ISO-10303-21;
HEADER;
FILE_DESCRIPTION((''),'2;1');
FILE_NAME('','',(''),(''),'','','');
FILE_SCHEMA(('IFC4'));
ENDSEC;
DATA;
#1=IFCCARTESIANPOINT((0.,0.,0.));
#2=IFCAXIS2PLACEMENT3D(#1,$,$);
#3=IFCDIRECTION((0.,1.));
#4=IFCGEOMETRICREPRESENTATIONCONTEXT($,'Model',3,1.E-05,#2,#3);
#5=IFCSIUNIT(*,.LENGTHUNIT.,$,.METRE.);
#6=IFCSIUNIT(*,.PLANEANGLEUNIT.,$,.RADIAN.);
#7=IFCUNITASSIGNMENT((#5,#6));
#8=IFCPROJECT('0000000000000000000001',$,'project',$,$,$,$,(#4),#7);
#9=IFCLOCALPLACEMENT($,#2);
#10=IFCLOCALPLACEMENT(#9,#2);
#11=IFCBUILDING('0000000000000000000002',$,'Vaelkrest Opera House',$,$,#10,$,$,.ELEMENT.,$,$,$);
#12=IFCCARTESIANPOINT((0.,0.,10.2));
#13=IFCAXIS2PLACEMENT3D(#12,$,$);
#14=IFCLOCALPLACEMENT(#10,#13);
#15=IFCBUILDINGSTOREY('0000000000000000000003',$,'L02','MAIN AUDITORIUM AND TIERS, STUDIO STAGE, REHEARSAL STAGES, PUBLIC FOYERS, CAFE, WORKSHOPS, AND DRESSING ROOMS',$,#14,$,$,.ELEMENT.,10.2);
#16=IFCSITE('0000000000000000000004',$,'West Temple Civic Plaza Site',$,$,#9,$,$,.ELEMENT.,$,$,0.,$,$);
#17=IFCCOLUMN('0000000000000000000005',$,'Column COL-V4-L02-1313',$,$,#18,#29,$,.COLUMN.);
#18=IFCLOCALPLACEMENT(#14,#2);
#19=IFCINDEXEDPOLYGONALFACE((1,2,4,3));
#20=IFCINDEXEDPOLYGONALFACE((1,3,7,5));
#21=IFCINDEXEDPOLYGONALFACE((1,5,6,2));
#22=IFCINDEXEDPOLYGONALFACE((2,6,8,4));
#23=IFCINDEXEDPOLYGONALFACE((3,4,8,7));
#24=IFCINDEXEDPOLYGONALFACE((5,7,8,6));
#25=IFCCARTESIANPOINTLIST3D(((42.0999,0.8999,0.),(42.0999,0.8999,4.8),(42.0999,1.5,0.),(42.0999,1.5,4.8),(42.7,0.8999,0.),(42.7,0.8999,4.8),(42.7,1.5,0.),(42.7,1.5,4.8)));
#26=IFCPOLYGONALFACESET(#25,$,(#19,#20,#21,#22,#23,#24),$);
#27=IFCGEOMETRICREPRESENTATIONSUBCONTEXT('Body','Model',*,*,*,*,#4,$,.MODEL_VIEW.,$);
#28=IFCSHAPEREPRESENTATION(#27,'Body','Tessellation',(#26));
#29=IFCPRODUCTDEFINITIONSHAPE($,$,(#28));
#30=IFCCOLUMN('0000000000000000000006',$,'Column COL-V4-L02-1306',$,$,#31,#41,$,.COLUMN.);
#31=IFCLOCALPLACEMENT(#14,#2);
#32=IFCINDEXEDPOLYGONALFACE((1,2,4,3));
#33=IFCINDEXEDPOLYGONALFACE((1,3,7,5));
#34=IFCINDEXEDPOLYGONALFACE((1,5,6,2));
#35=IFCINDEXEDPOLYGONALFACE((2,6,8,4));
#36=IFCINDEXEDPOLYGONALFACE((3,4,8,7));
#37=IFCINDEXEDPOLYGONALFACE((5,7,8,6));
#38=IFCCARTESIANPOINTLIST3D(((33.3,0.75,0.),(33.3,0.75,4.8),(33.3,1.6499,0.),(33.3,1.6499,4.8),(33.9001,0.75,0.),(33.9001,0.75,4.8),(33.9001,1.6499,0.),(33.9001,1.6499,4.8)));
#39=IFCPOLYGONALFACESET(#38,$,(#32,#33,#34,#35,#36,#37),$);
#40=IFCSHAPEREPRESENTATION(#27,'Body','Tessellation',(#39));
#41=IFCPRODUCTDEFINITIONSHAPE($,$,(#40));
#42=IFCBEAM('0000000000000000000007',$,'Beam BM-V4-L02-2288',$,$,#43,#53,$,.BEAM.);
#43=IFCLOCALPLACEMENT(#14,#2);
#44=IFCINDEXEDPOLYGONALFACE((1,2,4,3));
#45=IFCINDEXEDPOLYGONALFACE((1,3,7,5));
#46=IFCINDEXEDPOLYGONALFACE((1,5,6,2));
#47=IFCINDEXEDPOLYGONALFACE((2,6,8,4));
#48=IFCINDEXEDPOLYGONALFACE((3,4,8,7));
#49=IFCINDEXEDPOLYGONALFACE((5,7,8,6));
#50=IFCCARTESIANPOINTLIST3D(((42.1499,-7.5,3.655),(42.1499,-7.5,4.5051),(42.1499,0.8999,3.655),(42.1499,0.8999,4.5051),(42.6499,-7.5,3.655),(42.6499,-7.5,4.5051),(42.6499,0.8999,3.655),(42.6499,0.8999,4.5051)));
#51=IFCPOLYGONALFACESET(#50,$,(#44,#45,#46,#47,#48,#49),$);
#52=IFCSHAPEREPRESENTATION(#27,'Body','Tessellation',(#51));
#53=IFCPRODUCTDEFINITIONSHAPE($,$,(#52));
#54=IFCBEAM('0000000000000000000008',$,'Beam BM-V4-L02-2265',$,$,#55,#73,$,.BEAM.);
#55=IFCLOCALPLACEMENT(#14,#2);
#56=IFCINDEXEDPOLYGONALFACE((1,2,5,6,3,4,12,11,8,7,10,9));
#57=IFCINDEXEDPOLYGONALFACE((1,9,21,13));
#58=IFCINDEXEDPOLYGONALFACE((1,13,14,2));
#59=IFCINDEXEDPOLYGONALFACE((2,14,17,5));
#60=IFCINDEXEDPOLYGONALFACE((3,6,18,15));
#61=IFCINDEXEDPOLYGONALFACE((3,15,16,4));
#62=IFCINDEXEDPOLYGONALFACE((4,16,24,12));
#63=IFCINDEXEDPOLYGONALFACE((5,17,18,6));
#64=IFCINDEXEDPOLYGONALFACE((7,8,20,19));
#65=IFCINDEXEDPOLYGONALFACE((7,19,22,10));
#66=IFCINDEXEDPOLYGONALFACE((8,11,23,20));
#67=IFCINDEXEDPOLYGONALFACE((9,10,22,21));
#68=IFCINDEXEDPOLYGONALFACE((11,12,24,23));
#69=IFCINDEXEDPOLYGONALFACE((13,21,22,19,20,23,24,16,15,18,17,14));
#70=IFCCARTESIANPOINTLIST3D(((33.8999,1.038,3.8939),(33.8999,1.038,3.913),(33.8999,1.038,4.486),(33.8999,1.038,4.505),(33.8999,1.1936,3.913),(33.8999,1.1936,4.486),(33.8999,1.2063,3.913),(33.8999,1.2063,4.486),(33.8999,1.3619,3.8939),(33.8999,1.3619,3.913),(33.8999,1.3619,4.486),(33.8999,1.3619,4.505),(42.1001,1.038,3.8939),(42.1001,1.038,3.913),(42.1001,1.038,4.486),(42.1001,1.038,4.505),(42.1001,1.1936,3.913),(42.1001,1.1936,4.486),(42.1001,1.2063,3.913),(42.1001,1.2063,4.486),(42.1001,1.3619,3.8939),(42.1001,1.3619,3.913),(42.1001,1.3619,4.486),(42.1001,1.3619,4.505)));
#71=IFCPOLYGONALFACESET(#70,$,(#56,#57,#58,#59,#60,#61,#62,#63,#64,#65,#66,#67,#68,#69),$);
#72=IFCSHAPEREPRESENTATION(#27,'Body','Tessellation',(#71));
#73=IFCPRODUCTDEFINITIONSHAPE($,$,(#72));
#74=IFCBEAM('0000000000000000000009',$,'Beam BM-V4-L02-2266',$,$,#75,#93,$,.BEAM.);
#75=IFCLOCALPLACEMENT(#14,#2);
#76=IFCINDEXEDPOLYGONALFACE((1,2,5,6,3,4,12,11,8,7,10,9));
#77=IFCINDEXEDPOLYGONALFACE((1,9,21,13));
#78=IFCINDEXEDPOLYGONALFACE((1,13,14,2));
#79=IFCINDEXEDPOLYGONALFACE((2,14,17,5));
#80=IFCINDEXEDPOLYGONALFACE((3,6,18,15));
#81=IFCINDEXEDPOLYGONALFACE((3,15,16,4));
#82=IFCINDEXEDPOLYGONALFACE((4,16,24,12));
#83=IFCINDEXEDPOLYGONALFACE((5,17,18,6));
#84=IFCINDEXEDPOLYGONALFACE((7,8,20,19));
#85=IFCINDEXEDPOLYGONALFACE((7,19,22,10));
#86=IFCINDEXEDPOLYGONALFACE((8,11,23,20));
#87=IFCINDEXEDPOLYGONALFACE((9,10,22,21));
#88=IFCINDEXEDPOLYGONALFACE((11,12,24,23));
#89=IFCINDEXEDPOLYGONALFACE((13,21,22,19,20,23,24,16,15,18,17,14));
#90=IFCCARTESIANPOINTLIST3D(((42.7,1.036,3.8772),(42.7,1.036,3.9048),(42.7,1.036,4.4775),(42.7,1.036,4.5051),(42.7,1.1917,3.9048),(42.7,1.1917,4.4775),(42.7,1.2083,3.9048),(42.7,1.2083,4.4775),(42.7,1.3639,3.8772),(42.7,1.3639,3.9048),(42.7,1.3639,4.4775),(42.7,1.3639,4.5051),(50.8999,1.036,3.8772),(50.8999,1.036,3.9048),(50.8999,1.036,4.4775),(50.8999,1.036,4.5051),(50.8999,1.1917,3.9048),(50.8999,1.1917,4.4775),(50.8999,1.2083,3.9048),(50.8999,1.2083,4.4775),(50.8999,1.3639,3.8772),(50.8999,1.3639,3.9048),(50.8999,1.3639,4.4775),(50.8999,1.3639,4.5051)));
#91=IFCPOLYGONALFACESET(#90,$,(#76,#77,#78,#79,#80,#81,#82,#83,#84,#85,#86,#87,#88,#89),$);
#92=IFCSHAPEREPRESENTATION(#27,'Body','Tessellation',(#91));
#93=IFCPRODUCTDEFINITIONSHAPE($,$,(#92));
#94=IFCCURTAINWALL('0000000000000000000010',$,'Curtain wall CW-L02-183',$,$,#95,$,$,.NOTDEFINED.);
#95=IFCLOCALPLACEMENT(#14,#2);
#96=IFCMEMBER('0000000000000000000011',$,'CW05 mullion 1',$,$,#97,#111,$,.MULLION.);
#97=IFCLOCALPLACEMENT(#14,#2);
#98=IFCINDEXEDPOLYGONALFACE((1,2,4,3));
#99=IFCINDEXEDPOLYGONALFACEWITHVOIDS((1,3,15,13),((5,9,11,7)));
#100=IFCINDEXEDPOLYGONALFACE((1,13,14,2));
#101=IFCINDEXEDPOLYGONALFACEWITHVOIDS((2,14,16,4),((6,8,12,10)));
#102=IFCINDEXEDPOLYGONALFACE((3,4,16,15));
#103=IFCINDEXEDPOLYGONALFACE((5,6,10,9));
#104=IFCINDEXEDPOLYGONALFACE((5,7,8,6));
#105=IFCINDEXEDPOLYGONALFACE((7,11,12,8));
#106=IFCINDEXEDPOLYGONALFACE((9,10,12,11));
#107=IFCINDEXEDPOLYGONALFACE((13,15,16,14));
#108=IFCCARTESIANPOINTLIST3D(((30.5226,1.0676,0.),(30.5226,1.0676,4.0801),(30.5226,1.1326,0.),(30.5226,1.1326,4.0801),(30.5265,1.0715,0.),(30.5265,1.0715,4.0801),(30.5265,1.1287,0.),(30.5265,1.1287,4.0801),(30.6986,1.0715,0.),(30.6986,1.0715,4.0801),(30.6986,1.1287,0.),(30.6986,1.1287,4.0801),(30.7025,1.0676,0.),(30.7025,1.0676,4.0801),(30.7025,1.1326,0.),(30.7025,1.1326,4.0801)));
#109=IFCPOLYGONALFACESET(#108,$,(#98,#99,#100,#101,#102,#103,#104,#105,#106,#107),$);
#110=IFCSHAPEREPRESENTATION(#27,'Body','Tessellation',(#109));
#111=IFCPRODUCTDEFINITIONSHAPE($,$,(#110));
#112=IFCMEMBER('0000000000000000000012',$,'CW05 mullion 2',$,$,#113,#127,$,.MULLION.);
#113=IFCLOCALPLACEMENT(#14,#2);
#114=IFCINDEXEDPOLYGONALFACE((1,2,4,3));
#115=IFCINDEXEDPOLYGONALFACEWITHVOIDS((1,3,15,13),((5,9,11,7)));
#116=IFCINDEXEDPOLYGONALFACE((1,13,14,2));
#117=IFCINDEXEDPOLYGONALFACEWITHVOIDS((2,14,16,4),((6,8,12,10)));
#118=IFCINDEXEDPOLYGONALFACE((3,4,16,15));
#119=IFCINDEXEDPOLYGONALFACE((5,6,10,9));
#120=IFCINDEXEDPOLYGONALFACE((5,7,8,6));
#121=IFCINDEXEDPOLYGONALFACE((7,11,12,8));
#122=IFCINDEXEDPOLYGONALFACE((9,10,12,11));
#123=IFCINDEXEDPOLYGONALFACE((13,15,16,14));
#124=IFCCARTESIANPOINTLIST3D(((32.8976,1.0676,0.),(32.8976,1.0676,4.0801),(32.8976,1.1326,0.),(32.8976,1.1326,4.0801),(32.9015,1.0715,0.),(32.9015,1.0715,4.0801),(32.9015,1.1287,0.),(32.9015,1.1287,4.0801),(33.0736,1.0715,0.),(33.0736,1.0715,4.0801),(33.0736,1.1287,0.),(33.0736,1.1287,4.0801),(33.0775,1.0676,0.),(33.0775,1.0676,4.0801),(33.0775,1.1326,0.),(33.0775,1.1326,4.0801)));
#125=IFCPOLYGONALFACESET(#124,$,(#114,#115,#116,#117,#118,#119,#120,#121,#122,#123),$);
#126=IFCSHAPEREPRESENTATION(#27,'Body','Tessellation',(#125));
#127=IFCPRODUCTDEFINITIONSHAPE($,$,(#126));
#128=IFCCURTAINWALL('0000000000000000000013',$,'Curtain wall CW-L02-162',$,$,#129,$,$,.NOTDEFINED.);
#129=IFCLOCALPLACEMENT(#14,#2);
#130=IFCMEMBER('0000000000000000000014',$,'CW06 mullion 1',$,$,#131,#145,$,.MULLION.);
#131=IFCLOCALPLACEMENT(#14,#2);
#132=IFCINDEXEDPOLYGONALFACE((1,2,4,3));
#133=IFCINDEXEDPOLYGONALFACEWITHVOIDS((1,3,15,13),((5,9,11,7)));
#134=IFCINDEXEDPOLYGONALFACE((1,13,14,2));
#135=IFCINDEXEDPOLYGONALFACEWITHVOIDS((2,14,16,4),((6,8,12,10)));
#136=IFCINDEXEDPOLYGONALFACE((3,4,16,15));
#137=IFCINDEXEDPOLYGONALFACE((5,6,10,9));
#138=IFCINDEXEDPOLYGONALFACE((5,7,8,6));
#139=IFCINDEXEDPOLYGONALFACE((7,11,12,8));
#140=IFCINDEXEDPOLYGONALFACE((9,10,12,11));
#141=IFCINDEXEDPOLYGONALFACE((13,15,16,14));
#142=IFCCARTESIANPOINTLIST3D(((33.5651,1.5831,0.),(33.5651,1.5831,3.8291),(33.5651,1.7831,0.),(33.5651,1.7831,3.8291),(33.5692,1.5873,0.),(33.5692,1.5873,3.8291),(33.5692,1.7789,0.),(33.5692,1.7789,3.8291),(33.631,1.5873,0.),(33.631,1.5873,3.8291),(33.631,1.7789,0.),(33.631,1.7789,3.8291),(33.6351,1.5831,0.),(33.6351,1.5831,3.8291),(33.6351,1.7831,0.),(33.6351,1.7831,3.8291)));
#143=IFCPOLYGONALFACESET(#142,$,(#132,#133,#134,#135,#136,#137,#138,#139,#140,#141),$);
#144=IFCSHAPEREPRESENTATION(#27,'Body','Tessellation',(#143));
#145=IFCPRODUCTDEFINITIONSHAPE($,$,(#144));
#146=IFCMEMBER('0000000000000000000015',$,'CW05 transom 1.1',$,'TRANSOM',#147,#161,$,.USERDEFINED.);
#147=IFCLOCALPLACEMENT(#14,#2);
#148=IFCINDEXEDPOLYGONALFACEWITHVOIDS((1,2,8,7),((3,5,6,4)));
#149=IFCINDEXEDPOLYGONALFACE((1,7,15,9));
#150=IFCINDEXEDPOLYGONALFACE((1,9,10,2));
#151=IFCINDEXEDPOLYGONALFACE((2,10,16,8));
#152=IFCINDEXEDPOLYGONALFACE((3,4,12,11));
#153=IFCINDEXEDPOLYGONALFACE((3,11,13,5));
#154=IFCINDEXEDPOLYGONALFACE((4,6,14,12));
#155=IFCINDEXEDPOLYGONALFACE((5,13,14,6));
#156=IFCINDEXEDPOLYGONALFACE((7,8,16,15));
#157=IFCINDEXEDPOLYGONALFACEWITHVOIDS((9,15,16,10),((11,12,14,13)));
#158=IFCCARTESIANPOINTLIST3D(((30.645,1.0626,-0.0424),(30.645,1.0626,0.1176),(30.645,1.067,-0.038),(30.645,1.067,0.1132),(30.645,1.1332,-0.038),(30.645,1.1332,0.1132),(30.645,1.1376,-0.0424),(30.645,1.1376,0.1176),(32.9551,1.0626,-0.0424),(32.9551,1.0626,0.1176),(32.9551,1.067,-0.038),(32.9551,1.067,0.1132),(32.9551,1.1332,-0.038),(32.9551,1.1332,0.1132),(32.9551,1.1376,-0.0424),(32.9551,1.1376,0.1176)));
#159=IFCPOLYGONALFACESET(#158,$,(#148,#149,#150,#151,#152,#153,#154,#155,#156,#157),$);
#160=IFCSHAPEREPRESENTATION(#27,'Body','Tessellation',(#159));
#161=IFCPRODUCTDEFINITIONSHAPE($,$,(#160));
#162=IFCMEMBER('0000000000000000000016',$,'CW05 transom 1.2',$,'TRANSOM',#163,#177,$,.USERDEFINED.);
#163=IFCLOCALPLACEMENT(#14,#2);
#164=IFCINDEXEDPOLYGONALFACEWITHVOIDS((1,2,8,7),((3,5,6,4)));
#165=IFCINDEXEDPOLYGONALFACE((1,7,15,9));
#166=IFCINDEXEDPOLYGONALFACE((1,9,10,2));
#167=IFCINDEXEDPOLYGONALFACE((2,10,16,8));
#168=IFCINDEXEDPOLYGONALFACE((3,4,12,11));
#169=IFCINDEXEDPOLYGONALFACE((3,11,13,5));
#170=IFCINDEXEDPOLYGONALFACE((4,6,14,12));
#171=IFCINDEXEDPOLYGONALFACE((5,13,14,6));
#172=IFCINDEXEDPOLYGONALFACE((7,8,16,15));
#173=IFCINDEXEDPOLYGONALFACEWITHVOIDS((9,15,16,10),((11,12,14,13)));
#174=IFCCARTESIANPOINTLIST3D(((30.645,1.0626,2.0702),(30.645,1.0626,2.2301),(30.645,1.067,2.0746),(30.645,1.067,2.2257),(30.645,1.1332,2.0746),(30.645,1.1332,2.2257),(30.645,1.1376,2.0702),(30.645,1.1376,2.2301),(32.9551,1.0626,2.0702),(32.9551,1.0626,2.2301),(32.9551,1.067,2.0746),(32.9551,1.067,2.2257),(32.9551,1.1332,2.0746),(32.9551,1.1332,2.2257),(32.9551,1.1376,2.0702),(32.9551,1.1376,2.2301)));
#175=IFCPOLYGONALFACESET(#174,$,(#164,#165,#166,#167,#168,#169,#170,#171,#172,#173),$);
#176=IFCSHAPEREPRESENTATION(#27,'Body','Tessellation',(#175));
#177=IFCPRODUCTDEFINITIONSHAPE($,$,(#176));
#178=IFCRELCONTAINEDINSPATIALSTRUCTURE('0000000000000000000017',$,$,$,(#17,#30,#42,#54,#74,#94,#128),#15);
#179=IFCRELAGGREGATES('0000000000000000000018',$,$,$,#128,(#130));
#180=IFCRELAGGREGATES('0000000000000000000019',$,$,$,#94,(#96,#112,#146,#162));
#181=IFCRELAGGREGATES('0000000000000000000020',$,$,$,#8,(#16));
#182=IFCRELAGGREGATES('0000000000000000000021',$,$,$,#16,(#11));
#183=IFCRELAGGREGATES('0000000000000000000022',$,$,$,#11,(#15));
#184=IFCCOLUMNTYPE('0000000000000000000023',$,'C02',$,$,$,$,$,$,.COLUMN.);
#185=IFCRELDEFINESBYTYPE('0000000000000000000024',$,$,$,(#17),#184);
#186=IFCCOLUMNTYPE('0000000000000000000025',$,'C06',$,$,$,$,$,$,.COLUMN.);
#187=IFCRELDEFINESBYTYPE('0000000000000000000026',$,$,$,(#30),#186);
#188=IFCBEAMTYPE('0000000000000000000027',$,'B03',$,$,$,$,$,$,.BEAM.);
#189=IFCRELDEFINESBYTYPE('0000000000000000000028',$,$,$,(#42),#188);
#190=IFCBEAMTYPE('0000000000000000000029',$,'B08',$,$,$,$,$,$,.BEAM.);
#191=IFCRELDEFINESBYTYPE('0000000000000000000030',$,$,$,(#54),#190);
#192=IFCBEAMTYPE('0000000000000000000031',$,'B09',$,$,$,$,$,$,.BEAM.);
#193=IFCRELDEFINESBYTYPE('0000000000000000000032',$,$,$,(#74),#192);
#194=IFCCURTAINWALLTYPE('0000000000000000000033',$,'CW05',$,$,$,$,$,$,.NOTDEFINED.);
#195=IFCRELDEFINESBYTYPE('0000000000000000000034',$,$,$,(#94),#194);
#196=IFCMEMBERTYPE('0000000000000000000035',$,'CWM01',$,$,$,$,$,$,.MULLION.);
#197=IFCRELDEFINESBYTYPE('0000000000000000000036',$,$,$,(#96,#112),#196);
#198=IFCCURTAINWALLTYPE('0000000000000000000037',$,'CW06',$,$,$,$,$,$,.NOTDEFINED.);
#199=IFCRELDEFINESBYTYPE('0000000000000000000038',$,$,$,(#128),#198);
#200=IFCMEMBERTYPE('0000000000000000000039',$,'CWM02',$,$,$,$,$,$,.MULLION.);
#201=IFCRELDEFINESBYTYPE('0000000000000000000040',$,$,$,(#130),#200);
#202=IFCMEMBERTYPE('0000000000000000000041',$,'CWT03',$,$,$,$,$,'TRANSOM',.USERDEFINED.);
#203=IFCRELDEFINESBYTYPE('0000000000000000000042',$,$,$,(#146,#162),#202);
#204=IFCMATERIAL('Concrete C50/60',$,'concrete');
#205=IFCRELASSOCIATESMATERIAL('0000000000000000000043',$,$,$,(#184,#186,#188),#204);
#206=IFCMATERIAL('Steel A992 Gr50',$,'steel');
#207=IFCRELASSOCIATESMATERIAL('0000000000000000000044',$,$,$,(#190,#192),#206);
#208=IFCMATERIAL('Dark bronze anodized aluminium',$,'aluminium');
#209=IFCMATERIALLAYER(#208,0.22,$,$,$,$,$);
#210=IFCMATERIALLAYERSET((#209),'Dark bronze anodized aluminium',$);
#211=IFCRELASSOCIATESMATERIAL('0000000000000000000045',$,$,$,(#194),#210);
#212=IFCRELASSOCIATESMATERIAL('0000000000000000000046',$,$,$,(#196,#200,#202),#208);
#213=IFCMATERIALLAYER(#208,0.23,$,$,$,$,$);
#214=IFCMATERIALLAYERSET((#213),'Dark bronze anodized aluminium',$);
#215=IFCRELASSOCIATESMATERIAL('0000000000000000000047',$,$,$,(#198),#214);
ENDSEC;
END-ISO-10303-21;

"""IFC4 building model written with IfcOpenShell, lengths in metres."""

from ifc_helpers import new_model, si_unit, direction, frame, origin, origin_2d, place, context, subcontext, project, spatial, rectangle, hollow_rectangle, i_section, extrude, material, layer, layer_set, material_profile, profile_set, type_object, element, aggregate, save


model = new_model("IFC4")

# Units and contexts
model_context = context("Model", 3, precision=1e-05, world=origin(), true_north=direction((0.0, 1.0)))
body_context = subcontext(model_context, "Body", "Model", "MODEL_VIEW")
ifc_project = project(units=[si_unit("LENGTHUNIT", "METRE"), si_unit("PLANEANGLEUNIT", "RADIAN")], contexts=[model_context])

# Site, building, storey
site_placement = place(None, origin())
site = spatial("IfcSite", under=ifc_project, at=site_placement, Name="West Temple Civic Plaza Site", CompositionType="ELEMENT", RefElevation=0.0)
building_placement = place(site_placement, origin())
building = spatial("IfcBuilding", under=site, at=building_placement, Name="Vaelkrest Opera House", CompositionType="ELEMENT")
storey_placement = place(building_placement, frame((0.0, 0.0, 10.2)))
storey = spatial("IfcBuildingStorey", under=building, at=storey_placement, Name="L02", Description="MAIN AUDITORIUM AND TIERS, STUDIO STAGE, REHEARSAL STAGES, PUBLIC FOYERS, CAFE, WORKSHOPS, AND DRESSING ROOMS", CompositionType="ELEMENT", Elevation=10.2)

# Columns
ifc_material_1 = material(Name="Concrete C50/60", Category="concrete")
ifc_material_profile_1 = material_profile(ifc_material_1, rectangle(XDim=0.6001, YDim=0.6001, at=origin_2d()), Name="RC600X600")
ifc_profile_set_1 = profile_set([ifc_material_profile_1], Name="Concrete C50/60")
column_type_1 = type_object("IfcColumnType", Name="C02", PredefinedType="COLUMN", material=ifc_profile_set_1)
column_1_placement = place(storey_placement, frame((42.3999, 1.2, 0.0), z_axis=(0.0, 0.0, 1.0), x_axis=(1.0, 0.0, 0.0)))
element("IfcColumn", 1, at=column_1_placement, inside=storey, type_object=column_type_1, Name="Column COL-V4-L02-1313", PredefinedType="COLUMN", context=body_context, shape_type="SweptSolid", body=[
    extrude(rectangle(XDim=0.6001, YDim=0.6001, at=origin_2d()), origin(), (0.0, 0.0, 1.0), 4.8),
])
ifc_material_profile_2 = material_profile(ifc_material_1, rectangle(XDim=0.6001, YDim=0.8999, at=origin_2d()), Name="RC600X900")
ifc_profile_set_2 = profile_set([ifc_material_profile_2], Name="Concrete C50/60")
column_type_2 = type_object("IfcColumnType", Name="C06", PredefinedType="COLUMN", material=ifc_profile_set_2)
column_2_placement = place(storey_placement, frame((33.6001, 1.2, 0.0), z_axis=(0.0, 0.0, 1.0), x_axis=(1.0, 0.0, 0.0)))
element("IfcColumn", 2, at=column_2_placement, inside=storey, type_object=column_type_2, Name="Column COL-V4-L02-1306", PredefinedType="COLUMN", context=body_context, shape_type="SweptSolid", body=[
    extrude(rectangle(XDim=0.6001, YDim=0.8999, at=origin_2d()), origin(), (0.0, 0.0, 1.0), 4.8),
])

# Beams
ifc_material_profile_3 = material_profile(ifc_material_1, rectangle(XDim=0.5, YDim=0.8501, at=origin_2d()), Name="RCB500X850")
ifc_profile_set_3 = profile_set([ifc_material_profile_3], Name="Concrete C50/60")
beam_type_1 = type_object("IfcBeamType", Name="B03", PredefinedType="BEAM", material=ifc_profile_set_3)
beam_1_placement = place(storey_placement, frame((42.3999, -7.5, 4.0801), z_axis=(0.0, 1.0, 0.0), x_axis=(-1.0, 0.0, 0.0)))
element("IfcBeam", 3, at=beam_1_placement, inside=storey, type_object=beam_type_1, Name="Beam BM-V4-L02-2288", PredefinedType="BEAM", context=body_context, shape_type="SweptSolid", body=[
    extrude(rectangle(XDim=0.5, YDim=0.8501, at=origin_2d()), origin(), (0.0, 0.0, 1.0), 8.3999),
])
ifc_material_2 = material(Name="Steel A992 Gr50", Category="steel")
ifc_material_profile_4 = material_profile(ifc_material_2, i_section(OverallWidth=0.324, OverallDepth=0.6111, WebThickness=0.0127, FlangeThickness=0.019, at=origin_2d()), Name="W24X104")
ifc_profile_set_4 = profile_set([ifc_material_profile_4], Name="Steel A992 Gr50")
beam_type_2 = type_object("IfcBeamType", Name="B08", PredefinedType="BEAM", material=ifc_profile_set_4)
beam_2_placement = place(storey_placement, frame((33.8999, 1.2, 4.1995), z_axis=(1.0, 0.0, 0.0), x_axis=(0.0, 1.0, 0.0)))
element("IfcBeam", 4, at=beam_2_placement, inside=storey, type_object=beam_type_2, Name="Beam BM-V4-L02-2265", PredefinedType="BEAM", context=body_context, shape_type="SweptSolid", body=[
    extrude(i_section(OverallWidth=0.324, OverallDepth=0.6111, WebThickness=0.0127, FlangeThickness=0.019, at=origin_2d()), origin(), (0.0, 0.0, 1.0), 8.2002),
])
ifc_material_profile_5 = material_profile(ifc_material_2, i_section(OverallWidth=0.3279, OverallDepth=0.6279, WebThickness=0.0166, FlangeThickness=0.0276, at=origin_2d()), Name="W24X146")
ifc_profile_set_5 = profile_set([ifc_material_profile_5], Name="Steel A992 Gr50")
beam_type_3 = type_object("IfcBeamType", Name="B09", PredefinedType="BEAM", material=ifc_profile_set_5)
beam_3_placement = place(storey_placement, frame((42.7, 1.2, 4.1912), z_axis=(1.0, 0.0, 0.0), x_axis=(0.0, 1.0, 0.0)))
element("IfcBeam", 5, at=beam_3_placement, inside=storey, type_object=beam_type_3, Name="Beam BM-V4-L02-2266", PredefinedType="BEAM", context=body_context, shape_type="SweptSolid", body=[
    extrude(i_section(OverallWidth=0.3279, OverallDepth=0.6279, WebThickness=0.0166, FlangeThickness=0.0276, at=origin_2d()), origin(), (0.0, 0.0, 1.0), 8.2),
])

# Curtain wall, members
ifc_material_3 = material(Name="Dark bronze anodized aluminium", Category="aluminium")
ifc_layer_1 = layer(ifc_material_3, 0.22)
ifc_layer_set_1 = layer_set([ifc_layer_1], Name="Dark bronze anodized aluminium")
curtain_wall_type_1 = type_object("IfcCurtainWallType", Name="CW05", PredefinedType="NOTDEFINED", material=ifc_layer_set_1)
curtain_wall_1_placement = place(storey_placement, origin())
curtain_wall_1 = element("IfcCurtainWall", 6, at=curtain_wall_1_placement, inside=storey, type_object=curtain_wall_type_1, Name="Curtain wall CW-L02-183", PredefinedType="NOTDEFINED")
ifc_material_profile_6 = material_profile(ifc_material_3, hollow_rectangle(XDim=0.0649, YDim=0.1799, WallThickness=0.0039, at=origin_2d()), Name="CWM65X180")
ifc_profile_set_6 = profile_set([ifc_material_profile_6], Name="Dark bronze anodized aluminium")
member_type_1 = type_object("IfcMemberType", Name="CWM01", PredefinedType="MULLION", material=ifc_profile_set_6)
member_1_placement = place(storey_placement, frame((30.6125, 1.1001, 0.0), z_axis=(0.0, 0.0, 1.0), x_axis=(0.0, 1.0, 0.0)))
member_1 = element("IfcMember", 7, at=member_1_placement, type_object=member_type_1, Name="CW05 mullion 1", PredefinedType="MULLION", context=body_context, shape_type="SweptSolid", body=[
    extrude(hollow_rectangle(XDim=0.0649, YDim=0.1799, WallThickness=0.0039, at=origin_2d()), origin(), (0.0, 0.0, 1.0), 4.0801),
])
member_2_placement = place(storey_placement, frame((32.9875, 1.1001, 0.0), z_axis=(0.0, 0.0, 1.0), x_axis=(0.0, 1.0, 0.0)))
member_2 = element("IfcMember", 8, at=member_2_placement, type_object=member_type_1, Name="CW05 mullion 2", PredefinedType="MULLION", context=body_context, shape_type="SweptSolid", body=[
    extrude(hollow_rectangle(XDim=0.0649, YDim=0.1799, WallThickness=0.0039, at=origin_2d()), origin(), (0.0, 0.0, 1.0), 4.0801),
])

# Curtain wall, member
ifc_layer_2 = layer(ifc_material_3, 0.23)
ifc_layer_set_2 = layer_set([ifc_layer_2], Name="Dark bronze anodized aluminium")
curtain_wall_type_2 = type_object("IfcCurtainWallType", Name="CW06", PredefinedType="NOTDEFINED", material=ifc_layer_set_2)
curtain_wall_2_placement = place(storey_placement, origin())
curtain_wall_2 = element("IfcCurtainWall", 9, at=curtain_wall_2_placement, inside=storey, type_object=curtain_wall_type_2, Name="Curtain wall CW-L02-162", PredefinedType="NOTDEFINED")
ifc_material_profile_7 = material_profile(ifc_material_3, hollow_rectangle(XDim=0.0701, YDim=0.2, WallThickness=0.0042, at=origin_2d()), Name="CWM70X200")
ifc_profile_set_7 = profile_set([ifc_material_profile_7], Name="Dark bronze anodized aluminium")
member_type_2 = type_object("IfcMemberType", Name="CWM02", PredefinedType="MULLION", material=ifc_profile_set_7)
member_3_placement = place(storey_placement, frame((33.6001, 1.6831, 0.0), z_axis=(0.0, 0.0, 1.0), x_axis=(-1.0, 0.0, 0.0)))
member_3 = element("IfcMember", 10, at=member_3_placement, type_object=member_type_2, Name="CW06 mullion 1", PredefinedType="MULLION", context=body_context, shape_type="SweptSolid", body=[
    extrude(hollow_rectangle(XDim=0.0701, YDim=0.2, WallThickness=0.0042, at=origin_2d()), origin(), (0.0, 0.0, 1.0), 3.8291),
])

# Members
ifc_material_profile_8 = material_profile(ifc_material_3, hollow_rectangle(XDim=0.075, YDim=0.1599, WallThickness=0.0044, at=origin_2d()), Name="CWT75X160")
ifc_profile_set_8 = profile_set([ifc_material_profile_8], Name="Dark bronze anodized aluminium")
member_type_3 = type_object("IfcMemberType", Name="CWT03", ElementType="TRANSOM", PredefinedType="USERDEFINED", material=ifc_profile_set_8)
member_4_placement = place(storey_placement, frame((30.645, 1.1001, 0.0376), z_axis=(1.0, 0.0, 0.0), x_axis=(0.0, 1.0, 0.0)))
member_4 = element("IfcMember", 11, at=member_4_placement, type_object=member_type_3, Name="CW05 transom 1.1", ObjectType="TRANSOM", PredefinedType="USERDEFINED", context=body_context, shape_type="SweptSolid", body=[
    extrude(hollow_rectangle(XDim=0.075, YDim=0.1599, WallThickness=0.0044, at=origin_2d()), origin(), (0.0, 0.0, 1.0), 2.3101),
])
member_5_placement = place(storey_placement, frame((30.645, 1.1001, 2.1501), z_axis=(1.0, 0.0, 0.0), x_axis=(0.0, 1.0, 0.0)))
member_5 = element("IfcMember", 12, at=member_5_placement, type_object=member_type_3, Name="CW05 transom 1.2", ObjectType="TRANSOM", PredefinedType="USERDEFINED", context=body_context, shape_type="SweptSolid", body=[
    extrude(hollow_rectangle(XDim=0.075, YDim=0.1599, WallThickness=0.0044, at=origin_2d()), origin(), (0.0, 0.0, 1.0), 2.3101),
])
aggregate(curtain_wall_2, [member_3])

aggregate(curtain_wall_1, [member_1, member_2, member_4, member_5])

save(model, "model.ifc")
